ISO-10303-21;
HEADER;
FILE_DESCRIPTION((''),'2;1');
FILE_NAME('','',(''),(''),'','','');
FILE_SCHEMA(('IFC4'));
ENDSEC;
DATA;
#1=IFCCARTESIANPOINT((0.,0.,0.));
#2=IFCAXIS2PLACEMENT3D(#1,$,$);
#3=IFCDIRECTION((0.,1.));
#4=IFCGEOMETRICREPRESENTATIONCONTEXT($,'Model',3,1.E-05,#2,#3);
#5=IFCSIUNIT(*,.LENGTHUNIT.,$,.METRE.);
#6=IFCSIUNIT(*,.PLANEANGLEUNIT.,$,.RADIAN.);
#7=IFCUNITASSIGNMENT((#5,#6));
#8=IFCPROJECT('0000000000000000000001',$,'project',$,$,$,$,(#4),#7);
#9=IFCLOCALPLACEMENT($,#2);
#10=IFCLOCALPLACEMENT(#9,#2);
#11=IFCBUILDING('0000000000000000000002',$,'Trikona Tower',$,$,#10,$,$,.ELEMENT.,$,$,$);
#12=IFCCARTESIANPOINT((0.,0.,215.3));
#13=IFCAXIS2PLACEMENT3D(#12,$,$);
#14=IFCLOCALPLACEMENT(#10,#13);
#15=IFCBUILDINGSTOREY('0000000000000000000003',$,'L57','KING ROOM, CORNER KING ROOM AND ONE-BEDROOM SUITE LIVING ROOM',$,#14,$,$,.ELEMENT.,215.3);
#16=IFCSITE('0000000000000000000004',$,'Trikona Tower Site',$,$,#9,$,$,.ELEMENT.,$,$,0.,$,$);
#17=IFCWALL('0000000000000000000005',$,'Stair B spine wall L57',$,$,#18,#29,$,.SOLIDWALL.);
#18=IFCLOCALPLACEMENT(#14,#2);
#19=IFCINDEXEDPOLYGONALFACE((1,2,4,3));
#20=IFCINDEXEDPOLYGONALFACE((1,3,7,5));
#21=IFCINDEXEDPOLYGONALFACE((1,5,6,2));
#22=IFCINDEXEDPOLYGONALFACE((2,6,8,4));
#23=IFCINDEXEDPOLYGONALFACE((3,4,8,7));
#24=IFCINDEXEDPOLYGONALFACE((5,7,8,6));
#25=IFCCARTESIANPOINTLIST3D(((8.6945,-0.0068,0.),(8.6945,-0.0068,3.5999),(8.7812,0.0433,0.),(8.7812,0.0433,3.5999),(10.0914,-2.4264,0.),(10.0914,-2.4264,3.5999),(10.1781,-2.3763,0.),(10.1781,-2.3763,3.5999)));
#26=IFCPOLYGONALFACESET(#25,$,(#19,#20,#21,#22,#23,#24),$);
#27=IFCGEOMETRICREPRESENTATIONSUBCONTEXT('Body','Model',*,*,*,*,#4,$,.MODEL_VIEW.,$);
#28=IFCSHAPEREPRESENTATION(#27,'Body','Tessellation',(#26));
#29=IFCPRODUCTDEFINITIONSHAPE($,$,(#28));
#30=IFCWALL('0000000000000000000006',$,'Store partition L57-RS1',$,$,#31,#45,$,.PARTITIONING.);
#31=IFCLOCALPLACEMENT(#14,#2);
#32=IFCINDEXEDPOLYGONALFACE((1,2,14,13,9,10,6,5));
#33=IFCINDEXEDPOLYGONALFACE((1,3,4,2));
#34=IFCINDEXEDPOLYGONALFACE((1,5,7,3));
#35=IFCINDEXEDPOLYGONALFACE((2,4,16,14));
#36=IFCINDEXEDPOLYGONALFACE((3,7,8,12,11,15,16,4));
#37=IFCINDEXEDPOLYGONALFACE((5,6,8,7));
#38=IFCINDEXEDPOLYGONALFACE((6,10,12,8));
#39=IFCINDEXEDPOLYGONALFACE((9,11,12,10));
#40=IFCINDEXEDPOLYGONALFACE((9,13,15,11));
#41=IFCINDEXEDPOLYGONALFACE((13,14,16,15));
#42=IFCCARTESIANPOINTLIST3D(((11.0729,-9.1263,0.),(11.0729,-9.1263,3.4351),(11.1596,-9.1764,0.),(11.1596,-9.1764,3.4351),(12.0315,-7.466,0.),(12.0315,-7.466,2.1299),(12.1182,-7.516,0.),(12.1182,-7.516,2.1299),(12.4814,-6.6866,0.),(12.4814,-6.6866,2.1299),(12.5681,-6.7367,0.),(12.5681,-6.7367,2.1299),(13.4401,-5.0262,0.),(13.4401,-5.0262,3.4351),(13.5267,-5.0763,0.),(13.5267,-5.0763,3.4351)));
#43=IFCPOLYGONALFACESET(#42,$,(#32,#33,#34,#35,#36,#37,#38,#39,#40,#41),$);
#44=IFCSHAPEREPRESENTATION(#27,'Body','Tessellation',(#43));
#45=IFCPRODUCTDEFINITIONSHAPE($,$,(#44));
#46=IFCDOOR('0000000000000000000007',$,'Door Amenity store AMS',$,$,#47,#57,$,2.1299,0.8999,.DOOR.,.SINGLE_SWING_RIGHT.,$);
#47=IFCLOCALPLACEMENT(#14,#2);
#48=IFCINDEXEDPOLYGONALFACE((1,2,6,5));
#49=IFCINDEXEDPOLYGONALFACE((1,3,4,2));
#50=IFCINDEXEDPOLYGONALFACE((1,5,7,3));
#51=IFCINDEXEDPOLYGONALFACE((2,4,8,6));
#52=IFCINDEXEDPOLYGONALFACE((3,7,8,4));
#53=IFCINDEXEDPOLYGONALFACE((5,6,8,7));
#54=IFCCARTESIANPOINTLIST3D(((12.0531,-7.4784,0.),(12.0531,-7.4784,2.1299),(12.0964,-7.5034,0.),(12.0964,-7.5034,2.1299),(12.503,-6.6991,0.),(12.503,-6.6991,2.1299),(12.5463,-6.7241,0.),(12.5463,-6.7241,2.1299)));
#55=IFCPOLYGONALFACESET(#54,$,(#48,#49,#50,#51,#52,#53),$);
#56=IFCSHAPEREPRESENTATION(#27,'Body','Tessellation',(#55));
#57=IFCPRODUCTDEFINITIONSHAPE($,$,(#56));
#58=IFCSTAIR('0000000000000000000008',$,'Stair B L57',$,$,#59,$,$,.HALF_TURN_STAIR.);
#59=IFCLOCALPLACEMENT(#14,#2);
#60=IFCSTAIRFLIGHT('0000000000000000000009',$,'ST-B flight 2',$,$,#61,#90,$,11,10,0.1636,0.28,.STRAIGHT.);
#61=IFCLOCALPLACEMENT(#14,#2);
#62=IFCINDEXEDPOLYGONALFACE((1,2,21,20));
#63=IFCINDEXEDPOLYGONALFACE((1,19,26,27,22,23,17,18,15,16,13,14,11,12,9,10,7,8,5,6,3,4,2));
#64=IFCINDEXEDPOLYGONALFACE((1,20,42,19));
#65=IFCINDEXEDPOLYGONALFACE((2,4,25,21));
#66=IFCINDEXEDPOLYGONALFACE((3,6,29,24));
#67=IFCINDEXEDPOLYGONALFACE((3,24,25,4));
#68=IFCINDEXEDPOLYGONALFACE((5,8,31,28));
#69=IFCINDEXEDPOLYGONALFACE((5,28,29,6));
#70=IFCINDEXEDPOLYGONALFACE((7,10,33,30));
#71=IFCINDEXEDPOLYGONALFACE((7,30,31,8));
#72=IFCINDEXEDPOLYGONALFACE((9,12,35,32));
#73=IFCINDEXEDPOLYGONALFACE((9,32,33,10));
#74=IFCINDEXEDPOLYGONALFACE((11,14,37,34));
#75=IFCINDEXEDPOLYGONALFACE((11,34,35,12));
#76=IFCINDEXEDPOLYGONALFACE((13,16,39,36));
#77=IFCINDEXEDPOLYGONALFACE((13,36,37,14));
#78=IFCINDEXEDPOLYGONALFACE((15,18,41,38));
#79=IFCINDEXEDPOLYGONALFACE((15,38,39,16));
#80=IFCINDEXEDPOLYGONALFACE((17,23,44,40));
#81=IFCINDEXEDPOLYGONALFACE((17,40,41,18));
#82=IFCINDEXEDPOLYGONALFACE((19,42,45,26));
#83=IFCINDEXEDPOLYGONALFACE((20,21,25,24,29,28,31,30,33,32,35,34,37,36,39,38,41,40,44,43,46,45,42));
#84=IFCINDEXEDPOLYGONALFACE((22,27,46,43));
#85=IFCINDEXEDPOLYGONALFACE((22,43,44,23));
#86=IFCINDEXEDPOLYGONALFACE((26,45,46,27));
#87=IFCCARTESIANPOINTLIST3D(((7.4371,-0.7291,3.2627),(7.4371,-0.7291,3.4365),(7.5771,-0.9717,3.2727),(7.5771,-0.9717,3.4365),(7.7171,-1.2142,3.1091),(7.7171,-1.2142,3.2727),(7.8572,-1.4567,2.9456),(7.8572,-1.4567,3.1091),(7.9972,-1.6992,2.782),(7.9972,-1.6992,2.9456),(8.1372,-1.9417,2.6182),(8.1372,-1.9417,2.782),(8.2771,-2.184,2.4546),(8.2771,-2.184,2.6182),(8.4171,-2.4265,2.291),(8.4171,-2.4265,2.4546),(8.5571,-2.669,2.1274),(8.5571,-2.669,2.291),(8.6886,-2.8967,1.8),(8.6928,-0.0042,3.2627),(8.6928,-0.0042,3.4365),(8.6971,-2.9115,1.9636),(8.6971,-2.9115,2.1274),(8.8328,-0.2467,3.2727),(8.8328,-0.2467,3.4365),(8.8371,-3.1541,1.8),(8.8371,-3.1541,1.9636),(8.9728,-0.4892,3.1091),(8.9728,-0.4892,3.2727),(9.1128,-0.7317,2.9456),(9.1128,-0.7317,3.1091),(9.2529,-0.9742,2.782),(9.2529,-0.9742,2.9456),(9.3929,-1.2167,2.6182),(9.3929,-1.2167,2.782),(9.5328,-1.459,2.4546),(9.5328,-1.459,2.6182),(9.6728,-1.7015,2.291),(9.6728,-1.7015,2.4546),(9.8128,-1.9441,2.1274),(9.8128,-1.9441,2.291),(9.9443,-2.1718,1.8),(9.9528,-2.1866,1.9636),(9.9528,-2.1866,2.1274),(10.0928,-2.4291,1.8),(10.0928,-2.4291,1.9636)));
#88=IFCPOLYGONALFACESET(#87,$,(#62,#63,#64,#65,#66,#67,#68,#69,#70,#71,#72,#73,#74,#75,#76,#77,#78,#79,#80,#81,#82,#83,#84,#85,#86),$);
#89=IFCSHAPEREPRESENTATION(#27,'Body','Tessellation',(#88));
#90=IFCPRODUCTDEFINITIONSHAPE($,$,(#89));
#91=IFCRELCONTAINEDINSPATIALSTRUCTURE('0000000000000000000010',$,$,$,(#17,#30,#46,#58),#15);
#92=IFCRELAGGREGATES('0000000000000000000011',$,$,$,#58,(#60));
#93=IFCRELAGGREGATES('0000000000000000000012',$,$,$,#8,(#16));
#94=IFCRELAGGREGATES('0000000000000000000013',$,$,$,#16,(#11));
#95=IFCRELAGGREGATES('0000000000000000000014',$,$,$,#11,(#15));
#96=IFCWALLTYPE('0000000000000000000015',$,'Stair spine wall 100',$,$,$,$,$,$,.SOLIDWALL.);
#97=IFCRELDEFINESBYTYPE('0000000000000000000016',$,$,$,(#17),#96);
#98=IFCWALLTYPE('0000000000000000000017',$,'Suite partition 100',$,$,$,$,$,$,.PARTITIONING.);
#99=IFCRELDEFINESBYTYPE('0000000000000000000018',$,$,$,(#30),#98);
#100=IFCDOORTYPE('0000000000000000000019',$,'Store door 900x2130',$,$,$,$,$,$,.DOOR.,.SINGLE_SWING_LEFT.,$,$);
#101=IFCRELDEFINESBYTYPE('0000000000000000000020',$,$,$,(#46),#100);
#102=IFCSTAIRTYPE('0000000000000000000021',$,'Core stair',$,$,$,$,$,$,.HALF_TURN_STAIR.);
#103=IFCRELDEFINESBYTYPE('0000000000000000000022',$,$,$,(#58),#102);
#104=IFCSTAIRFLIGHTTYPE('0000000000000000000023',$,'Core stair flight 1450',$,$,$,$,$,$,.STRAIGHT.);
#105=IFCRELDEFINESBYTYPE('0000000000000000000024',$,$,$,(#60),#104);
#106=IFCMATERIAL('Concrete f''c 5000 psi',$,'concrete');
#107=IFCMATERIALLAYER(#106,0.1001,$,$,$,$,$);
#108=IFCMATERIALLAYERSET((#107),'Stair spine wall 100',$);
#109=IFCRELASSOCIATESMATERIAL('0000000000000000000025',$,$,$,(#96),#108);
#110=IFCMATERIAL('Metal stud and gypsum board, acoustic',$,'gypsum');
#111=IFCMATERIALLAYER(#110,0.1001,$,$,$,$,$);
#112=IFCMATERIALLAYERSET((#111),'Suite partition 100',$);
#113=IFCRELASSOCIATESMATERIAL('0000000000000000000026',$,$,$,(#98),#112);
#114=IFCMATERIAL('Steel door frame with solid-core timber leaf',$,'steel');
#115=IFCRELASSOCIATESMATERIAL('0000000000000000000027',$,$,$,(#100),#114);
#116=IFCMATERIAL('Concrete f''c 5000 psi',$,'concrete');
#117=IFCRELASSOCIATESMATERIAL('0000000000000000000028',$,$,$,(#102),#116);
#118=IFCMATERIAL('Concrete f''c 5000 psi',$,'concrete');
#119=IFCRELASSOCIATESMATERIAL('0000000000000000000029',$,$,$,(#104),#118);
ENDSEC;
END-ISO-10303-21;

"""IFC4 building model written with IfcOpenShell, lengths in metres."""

from ifc_helpers import new_model, si_unit, direction, frame, frame_2d, origin, place, context, subcontext, project, spatial, polyline, rectangle, outline, extrude, material, layer, layer_set, type_object, element, fill, aggregate, save


model = new_model("IFC4")

# Units and contexts
model_context = context("Model", 3, precision=1e-05, world=origin(), true_north=direction((0.0, 1.0)))
body_context = subcontext(model_context, "Body", "Model", "MODEL_VIEW")
ifc_project = project(units=[si_unit("LENGTHUNIT", "METRE"), si_unit("PLANEANGLEUNIT", "RADIAN")], contexts=[model_context])

# Site, building, storey
site_placement = place(None, origin())
site = spatial("IfcSite", under=ifc_project, at=site_placement, Name="Trikona Tower Site", CompositionType="ELEMENT", RefElevation=0.0)
building_placement = place(site_placement, origin())
building = spatial("IfcBuilding", under=site, at=building_placement, Name="Trikona Tower", CompositionType="ELEMENT")
storey_placement = place(building_placement, frame((0.0, 0.0, 215.3)))
storey = spatial("IfcBuildingStorey", under=building, at=storey_placement, Name="L57", Description="KING ROOM, CORNER KING ROOM AND ONE-BEDROOM SUITE LIVING ROOM", CompositionType="ELEMENT", Elevation=215.3)

# Wall
ifc_material_1 = material(Name="Concrete f'c 5000 psi", Category="concrete")
ifc_layer_1 = layer(ifc_material_1, 0.1001)
ifc_layer_set_1 = layer_set([ifc_layer_1], Name="Stair spine wall 100")
wall_type_1 = type_object("IfcWallType", Name="Stair spine wall 100", PredefinedType="SOLIDWALL", material=ifc_layer_set_1)
wall_1_placement = place(storey_placement, frame((10.1348, -2.4014, 0.0), z_axis=(0.0, 0.0, 1.0), x_axis=(-0.499992, 0.86603, 0.0)))
element("IfcWall", 1, at=wall_1_placement, inside=storey, type_object=wall_type_1, Name="Stair B spine wall L57", PredefinedType="SOLIDWALL", context=body_context, shape_type="SweptSolid", body=[
    extrude(rectangle(XDim=2.7939, YDim=0.1001, at=frame_2d((1.397, 0.0))), origin(), (0.0, 0.0, 1.0), 3.5999),
])

# Wall, opening, door
ifc_material_2 = material(Name="Metal stud and gypsum board, acoustic", Category="gypsum")
ifc_layer_2 = layer(ifc_material_2, 0.1001)
ifc_layer_set_2 = layer_set([ifc_layer_2], Name="Suite partition 100")
wall_type_2 = type_object("IfcWallType", Name="Suite partition 100", PredefinedType="PARTITIONING", material=ifc_layer_set_2)
wall_2_placement = place(storey_placement, frame((13.4834, -5.0513, 0.0), z_axis=(0.0, 0.0, 1.0), x_axis=(-0.499999, -0.866026, 0.0)))
wall_2 = element("IfcWall", 2, at=wall_2_placement, inside=storey, type_object=wall_type_2, Name="Store partition L57-RS1", PredefinedType="PARTITIONING", context=body_context, shape_type="SweptSolid", body=[
    extrude(rectangle(XDim=4.7344, YDim=0.1001, at=frame_2d((2.3672, 0.0))), origin(), (0.0, 0.0, 1.0), 3.4351),
])
opening_1_placement = place(wall_2_placement, frame((1.9172, 0.0, 0.0)))
opening_1 = element("IfcOpeningElement", 3, at=opening_1_placement, cuts=wall_2, PredefinedType="OPENING", context=body_context, shape_type="SweptSolid", body=[
    extrude(rectangle(XDim=0.8999, YDim=2.1299, at=frame_2d((0.45, 1.0649))), frame((0.0, 0.0601, 0.0), z_axis=(0.0, -1.0, 0.0), x_axis=(1.0, 0.0, 0.0)), (0.0, 0.0, 1.0), 0.1201),
])
ifc_material_3 = material(Name="Steel door frame with solid-core timber leaf", Category="steel")
door_type_1 = type_object("IfcDoorType", Name="Store door 900x2130", OperationType="SINGLE_SWING_LEFT", PredefinedType="DOOR", material=ifc_material_3)
door_1_placement = place(opening_1_placement, origin())
door_1 = element("IfcDoor", 4, at=door_1_placement, inside=storey, type_object=door_type_1, Name="Door Amenity store AMS", OperationType="SINGLE_SWING_RIGHT", OverallHeight=2.1299, OverallWidth=0.8999, PredefinedType="DOOR", context=body_context, shape_type="SweptSolid", body=[
    extrude(rectangle(XDim=0.8999, YDim=2.1299, at=frame_2d((0.45, 1.0649))), frame((0.0, 0.0249, 0.0), z_axis=(0.0, -1.0, 0.0), x_axis=(1.0, 0.0, 0.0)), (0.0, 0.0, 1.0), 0.05),
])
fill(opening_1, door_1)

# Stair, stair flight
ifc_material_4 = material(Name="Concrete f'c 5000 psi", Category="concrete")
stair_type = type_object("IfcStairType", Name="Core stair", PredefinedType="HALF_TURN_STAIR", material=ifc_material_4)
stair_placement = place(storey_placement, origin())
stair = element("IfcStair", 5, at=stair_placement, inside=storey, type_object=stair_type, Name="Stair B L57", PredefinedType="HALF_TURN_STAIR")
ifc_material_5 = material(Name="Concrete f'c 5000 psi", Category="concrete")
stair_flight_type = type_object("IfcStairFlightType", Name="Core stair flight 1450", PredefinedType="STRAIGHT", material=ifc_material_5)
stair_flight_placement = place(storey_placement, frame((9.4651, -2.7915, 1.8), z_axis=(0.0, 0.0, 1.0), x_axis=(-0.5, 0.866025, 0.0)))
stair_flight = element("IfcStairFlight", 6, at=stair_flight_placement, type_object=stair_flight_type, Name="ST-B flight 2", NumberOfRisers=11, NumberOfTreads=10, PredefinedType="STRAIGHT", RiserHeight=0.1636, TreadLength=0.28, context=body_context, shape_type="SweptSolid", body=[
    extrude(outline(polyline([(0.0, 0.0), (0.0, 0.1636), (0.28, 0.1636), (0.28, 0.3274), (0.5601, 0.3274), (0.5601, 0.491), (0.8401, 0.491), (0.8401, 0.6545), (1.1201, 0.6545), (1.1201, 0.8181), (1.3999, 0.8181), (1.3999, 0.9819), (1.6799, 0.9819), (1.6799, 1.1455), (1.96, 1.1455), (1.96, 1.3091), (2.24, 1.3091), (2.24, 1.4727), (2.52, 1.4727), (2.52, 1.6365), (2.8, 1.6365), (2.8, 1.8), (2.8, 1.4626), (0.2971, 0.0), (0.0, 0.0)])), frame((0.0, 0.7251, 0.0), z_axis=(0.0, -1.0, 0.0), x_axis=(1.0, 0.0, 0.0)), (0.0, 0.0, 1.0), 1.45),
])
aggregate(stair, [stair_flight])

save(model, "model.ifc")
